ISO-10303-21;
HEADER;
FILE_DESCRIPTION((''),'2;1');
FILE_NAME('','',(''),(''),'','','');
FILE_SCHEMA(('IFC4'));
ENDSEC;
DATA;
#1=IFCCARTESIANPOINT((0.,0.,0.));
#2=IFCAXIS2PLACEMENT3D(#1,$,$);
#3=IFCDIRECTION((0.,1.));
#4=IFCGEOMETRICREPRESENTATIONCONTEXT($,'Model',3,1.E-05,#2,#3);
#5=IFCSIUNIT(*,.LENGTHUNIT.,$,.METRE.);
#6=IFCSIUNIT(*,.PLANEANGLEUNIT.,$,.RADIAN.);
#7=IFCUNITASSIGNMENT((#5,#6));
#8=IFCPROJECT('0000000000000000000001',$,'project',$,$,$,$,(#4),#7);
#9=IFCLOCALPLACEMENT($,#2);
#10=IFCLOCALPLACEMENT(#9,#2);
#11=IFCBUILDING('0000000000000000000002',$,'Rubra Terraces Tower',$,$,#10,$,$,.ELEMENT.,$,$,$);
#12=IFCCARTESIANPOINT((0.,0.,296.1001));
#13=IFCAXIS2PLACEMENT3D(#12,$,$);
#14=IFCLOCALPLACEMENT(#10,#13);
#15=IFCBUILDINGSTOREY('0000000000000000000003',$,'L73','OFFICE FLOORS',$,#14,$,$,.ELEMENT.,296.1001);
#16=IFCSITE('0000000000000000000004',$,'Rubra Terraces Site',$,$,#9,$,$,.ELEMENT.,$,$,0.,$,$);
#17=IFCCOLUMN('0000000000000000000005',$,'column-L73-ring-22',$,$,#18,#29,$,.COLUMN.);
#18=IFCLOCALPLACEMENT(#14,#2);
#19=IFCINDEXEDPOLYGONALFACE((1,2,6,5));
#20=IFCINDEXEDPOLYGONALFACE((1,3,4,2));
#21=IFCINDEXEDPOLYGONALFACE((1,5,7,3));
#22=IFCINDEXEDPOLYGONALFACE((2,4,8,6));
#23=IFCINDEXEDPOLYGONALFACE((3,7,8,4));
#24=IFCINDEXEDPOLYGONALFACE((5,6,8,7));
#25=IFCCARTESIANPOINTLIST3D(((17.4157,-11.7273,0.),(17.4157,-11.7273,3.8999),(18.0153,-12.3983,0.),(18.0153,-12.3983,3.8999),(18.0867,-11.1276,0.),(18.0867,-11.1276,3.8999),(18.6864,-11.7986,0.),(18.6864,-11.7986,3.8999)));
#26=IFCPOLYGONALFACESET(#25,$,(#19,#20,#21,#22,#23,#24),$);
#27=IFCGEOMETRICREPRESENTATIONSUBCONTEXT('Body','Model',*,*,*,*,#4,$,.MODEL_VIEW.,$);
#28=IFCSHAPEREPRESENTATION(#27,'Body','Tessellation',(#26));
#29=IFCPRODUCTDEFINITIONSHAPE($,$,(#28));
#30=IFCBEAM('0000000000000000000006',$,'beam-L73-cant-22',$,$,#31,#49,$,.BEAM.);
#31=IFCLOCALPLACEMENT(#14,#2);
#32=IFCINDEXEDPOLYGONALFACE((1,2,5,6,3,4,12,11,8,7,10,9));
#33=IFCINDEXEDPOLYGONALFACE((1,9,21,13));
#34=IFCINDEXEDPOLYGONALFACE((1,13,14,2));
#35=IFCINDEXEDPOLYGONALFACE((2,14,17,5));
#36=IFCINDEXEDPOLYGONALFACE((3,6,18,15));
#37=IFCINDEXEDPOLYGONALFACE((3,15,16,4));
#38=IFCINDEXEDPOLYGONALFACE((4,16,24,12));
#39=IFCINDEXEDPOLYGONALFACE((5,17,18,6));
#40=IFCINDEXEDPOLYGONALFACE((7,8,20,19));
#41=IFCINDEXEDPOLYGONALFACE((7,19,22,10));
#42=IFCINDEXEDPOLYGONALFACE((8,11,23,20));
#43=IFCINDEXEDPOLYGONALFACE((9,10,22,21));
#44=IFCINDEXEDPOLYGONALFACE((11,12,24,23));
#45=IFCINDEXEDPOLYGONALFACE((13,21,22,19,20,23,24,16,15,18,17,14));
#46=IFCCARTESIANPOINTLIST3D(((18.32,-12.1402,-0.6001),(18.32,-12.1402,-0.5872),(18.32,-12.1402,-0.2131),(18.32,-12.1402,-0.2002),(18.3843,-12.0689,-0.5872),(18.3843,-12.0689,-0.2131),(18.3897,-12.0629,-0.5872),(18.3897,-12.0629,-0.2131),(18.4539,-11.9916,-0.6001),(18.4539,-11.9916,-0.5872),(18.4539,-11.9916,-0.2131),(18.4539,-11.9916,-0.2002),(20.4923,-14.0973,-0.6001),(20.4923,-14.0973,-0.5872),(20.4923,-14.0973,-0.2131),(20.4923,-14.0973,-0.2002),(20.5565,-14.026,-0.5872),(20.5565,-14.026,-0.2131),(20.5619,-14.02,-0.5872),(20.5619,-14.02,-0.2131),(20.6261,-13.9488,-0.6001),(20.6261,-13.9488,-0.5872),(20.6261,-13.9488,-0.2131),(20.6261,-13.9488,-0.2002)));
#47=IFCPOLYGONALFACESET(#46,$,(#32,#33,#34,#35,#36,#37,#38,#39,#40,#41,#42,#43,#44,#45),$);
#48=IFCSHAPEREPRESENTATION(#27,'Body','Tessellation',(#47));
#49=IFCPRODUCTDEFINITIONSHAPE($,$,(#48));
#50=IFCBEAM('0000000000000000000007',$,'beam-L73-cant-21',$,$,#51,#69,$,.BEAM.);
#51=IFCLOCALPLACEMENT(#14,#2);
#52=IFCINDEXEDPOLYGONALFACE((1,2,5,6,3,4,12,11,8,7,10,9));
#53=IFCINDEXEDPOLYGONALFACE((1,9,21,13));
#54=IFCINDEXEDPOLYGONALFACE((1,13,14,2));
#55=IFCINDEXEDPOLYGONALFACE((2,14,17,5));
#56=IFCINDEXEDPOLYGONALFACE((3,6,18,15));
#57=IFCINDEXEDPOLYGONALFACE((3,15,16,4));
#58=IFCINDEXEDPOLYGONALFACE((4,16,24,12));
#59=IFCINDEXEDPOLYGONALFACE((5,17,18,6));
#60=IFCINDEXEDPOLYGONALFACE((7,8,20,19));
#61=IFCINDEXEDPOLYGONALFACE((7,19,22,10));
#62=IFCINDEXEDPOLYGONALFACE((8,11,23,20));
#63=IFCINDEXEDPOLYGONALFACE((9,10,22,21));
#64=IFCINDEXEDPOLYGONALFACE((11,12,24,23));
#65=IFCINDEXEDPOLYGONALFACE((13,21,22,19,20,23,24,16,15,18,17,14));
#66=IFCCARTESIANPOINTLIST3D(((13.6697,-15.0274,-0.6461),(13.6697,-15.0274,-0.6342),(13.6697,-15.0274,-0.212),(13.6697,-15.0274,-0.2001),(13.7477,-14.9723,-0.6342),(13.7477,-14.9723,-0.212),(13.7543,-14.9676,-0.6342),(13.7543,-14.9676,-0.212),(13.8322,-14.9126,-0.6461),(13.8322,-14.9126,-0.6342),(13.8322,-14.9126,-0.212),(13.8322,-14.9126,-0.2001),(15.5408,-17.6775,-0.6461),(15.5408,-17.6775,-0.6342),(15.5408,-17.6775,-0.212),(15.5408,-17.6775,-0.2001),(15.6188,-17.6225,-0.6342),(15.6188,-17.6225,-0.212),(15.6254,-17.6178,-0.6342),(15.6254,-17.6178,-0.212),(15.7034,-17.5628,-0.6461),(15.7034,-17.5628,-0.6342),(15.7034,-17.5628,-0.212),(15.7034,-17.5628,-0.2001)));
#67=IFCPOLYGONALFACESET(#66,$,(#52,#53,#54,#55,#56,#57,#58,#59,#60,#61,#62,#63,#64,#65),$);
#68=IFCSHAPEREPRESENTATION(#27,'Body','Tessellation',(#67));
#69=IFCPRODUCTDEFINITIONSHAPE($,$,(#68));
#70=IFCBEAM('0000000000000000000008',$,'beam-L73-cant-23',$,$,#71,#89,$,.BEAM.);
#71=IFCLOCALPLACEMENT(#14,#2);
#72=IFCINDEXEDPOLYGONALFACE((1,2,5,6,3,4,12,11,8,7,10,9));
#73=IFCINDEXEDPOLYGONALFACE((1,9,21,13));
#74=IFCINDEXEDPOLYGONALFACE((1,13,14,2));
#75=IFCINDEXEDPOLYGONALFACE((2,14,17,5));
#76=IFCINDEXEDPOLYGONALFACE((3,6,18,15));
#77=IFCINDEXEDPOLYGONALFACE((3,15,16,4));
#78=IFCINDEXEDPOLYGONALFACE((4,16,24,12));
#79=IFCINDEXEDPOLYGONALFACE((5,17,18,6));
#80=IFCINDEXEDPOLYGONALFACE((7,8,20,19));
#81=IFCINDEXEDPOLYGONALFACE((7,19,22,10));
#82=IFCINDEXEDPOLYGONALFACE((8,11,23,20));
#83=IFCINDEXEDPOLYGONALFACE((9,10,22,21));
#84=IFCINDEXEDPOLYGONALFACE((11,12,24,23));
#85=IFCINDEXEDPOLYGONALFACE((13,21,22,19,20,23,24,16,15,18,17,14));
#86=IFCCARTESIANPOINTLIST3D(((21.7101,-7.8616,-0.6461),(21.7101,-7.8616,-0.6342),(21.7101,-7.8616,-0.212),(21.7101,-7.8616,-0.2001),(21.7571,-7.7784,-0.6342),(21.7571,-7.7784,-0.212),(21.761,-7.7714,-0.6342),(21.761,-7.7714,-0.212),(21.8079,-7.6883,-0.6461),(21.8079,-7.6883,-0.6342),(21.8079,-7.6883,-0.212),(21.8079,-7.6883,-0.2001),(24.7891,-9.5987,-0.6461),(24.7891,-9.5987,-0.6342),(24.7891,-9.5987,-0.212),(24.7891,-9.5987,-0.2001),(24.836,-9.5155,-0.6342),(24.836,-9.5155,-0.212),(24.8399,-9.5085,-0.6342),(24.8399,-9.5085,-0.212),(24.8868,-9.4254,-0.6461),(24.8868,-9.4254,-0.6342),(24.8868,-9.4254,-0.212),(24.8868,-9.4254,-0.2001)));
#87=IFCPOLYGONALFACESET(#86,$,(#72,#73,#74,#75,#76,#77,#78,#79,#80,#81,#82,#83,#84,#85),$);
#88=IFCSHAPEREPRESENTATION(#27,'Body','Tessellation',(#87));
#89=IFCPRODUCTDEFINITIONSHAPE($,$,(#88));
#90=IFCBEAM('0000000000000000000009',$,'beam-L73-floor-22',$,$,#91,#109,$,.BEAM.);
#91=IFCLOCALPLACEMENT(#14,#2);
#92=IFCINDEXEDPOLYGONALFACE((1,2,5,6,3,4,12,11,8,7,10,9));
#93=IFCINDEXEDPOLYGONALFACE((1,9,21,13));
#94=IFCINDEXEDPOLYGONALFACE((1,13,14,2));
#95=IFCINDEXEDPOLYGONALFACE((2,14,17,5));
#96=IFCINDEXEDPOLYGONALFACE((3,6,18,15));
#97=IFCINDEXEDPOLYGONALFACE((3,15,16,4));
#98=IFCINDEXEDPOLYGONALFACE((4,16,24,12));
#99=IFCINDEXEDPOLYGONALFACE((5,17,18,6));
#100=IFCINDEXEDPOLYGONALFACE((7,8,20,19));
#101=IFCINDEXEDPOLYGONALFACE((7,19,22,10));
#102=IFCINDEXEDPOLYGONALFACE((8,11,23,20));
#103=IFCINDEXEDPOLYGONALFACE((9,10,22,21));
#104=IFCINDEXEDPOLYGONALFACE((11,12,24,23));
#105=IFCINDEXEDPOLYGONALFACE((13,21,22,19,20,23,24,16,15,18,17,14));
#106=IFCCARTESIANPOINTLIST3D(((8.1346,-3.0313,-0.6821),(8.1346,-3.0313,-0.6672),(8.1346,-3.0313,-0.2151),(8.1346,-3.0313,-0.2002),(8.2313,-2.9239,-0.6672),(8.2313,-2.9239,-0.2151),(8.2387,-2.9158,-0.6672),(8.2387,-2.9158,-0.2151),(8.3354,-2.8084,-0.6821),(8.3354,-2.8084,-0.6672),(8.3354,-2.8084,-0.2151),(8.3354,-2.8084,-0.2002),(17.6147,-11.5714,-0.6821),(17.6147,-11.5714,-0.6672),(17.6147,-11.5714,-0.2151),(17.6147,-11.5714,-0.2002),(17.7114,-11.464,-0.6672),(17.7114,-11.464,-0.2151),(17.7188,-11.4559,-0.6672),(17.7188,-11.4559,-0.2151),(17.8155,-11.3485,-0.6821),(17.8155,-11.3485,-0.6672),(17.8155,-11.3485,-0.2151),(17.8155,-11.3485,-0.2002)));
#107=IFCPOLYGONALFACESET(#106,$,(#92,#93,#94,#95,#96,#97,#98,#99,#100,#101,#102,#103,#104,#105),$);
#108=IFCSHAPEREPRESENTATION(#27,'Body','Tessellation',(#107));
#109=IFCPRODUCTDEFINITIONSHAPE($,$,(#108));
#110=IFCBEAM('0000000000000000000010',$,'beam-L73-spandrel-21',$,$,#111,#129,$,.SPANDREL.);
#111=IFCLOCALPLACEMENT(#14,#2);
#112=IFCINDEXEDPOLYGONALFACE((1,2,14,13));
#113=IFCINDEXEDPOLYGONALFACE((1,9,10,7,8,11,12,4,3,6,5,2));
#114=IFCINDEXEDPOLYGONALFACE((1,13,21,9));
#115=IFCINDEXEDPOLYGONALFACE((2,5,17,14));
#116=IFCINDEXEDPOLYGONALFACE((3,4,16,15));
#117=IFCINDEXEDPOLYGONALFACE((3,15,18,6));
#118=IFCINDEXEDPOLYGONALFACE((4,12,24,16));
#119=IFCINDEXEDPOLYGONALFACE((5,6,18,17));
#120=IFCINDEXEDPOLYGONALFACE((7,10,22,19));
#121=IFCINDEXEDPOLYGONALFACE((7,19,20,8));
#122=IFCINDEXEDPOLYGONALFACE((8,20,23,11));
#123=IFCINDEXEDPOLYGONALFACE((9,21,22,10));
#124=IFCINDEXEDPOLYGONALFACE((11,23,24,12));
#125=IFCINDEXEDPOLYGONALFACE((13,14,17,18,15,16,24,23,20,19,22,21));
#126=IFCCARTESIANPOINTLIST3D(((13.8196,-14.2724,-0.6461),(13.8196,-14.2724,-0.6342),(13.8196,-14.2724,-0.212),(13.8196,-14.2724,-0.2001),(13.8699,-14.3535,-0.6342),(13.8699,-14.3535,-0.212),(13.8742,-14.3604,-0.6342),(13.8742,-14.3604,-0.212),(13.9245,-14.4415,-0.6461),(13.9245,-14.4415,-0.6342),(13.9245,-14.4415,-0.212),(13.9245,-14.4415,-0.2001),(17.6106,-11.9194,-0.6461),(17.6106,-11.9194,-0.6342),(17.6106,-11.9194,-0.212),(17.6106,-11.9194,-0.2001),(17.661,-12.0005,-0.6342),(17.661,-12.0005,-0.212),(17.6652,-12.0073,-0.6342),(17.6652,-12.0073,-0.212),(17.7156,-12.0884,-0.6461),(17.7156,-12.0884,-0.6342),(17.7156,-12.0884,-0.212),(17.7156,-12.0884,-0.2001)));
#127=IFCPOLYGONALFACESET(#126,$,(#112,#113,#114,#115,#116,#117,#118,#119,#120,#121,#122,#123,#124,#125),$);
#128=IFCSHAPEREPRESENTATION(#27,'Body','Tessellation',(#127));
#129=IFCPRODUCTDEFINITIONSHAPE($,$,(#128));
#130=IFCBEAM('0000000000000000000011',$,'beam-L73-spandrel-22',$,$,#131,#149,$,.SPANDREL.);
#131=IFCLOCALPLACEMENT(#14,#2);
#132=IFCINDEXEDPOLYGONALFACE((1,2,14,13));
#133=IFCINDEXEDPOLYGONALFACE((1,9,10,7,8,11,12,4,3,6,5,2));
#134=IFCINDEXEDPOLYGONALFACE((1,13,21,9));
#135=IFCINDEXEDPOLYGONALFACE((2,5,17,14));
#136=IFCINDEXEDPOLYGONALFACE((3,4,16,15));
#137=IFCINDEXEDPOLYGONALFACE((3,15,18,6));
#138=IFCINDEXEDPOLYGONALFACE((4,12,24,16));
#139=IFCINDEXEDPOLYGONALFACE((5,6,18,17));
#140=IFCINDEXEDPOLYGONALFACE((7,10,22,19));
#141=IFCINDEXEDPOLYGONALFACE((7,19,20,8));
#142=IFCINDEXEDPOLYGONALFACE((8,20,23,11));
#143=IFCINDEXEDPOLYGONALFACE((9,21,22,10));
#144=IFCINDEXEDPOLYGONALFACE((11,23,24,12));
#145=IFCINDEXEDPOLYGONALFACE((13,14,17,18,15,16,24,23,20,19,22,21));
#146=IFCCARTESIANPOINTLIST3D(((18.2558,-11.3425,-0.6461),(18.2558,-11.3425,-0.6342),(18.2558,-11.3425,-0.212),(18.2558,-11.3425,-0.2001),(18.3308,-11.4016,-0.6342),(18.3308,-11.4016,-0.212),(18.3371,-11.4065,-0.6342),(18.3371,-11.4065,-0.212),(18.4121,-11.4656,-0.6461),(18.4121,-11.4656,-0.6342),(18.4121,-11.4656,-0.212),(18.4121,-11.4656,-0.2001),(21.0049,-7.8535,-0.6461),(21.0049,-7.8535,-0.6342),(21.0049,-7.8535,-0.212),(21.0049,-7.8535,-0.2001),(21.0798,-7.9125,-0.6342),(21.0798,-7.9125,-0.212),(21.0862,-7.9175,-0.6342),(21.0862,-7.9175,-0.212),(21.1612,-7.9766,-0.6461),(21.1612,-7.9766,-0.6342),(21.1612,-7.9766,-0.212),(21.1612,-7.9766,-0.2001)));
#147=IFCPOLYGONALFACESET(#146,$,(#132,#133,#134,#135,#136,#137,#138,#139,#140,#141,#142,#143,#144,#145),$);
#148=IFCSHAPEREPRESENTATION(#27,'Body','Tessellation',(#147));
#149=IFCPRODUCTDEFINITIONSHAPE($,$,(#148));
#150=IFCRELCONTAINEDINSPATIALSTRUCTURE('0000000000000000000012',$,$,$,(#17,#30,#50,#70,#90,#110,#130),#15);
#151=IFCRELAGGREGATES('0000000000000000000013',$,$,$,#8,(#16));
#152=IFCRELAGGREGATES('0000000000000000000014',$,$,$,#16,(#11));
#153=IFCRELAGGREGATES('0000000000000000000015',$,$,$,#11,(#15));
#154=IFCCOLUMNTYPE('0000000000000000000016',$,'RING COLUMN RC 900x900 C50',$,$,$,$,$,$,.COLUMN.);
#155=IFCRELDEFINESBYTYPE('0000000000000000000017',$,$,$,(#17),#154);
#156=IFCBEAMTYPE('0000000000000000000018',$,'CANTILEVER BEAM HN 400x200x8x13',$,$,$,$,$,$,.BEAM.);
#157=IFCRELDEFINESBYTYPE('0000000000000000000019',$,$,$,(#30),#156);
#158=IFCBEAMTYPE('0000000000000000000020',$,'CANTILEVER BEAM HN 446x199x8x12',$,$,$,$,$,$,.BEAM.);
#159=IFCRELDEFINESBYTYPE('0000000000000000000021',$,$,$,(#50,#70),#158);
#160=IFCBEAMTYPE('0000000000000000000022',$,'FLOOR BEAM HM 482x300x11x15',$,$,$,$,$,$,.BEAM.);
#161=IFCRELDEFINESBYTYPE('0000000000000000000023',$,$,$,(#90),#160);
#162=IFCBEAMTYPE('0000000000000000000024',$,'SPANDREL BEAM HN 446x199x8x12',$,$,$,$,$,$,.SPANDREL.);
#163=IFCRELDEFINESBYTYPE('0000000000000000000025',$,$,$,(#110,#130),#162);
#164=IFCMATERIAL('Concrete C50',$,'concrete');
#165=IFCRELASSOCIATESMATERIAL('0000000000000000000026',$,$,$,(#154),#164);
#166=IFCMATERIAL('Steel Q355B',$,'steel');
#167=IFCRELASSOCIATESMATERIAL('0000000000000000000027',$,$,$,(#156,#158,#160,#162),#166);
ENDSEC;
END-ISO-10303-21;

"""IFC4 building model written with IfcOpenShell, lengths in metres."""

from ifc_helpers import new_model, si_unit, direction, frame, origin, origin_2d, place, context, subcontext, project, spatial, rectangle, i_section, extrude, material, material_profile, profile_set, type_object, element, save


model = new_model("IFC4")

# Units and contexts
model_context = context("Model", 3, precision=1e-05, world=origin(), true_north=direction((0.0, 1.0)))
body_context = subcontext(model_context, "Body", "Model", "MODEL_VIEW")
ifc_project = project(units=[si_unit("LENGTHUNIT", "METRE"), si_unit("PLANEANGLEUNIT", "RADIAN")], contexts=[model_context])

# Site, building, storey
site_placement = place(None, origin())
site = spatial("IfcSite", under=ifc_project, at=site_placement, Name="Rubra Terraces Site", CompositionType="ELEMENT", RefElevation=0.0)
building_placement = place(site_placement, origin())
building = spatial("IfcBuilding", under=site, at=building_placement, Name="Rubra Terraces Tower", CompositionType="ELEMENT")
storey_placement = place(building_placement, frame((0.0, 0.0, 296.1001)))
storey = spatial("IfcBuildingStorey", under=building, at=storey_placement, Name="L73", Description="OFFICE FLOORS", CompositionType="ELEMENT", Elevation=296.1001)

# Column
ifc_material_1 = material(Name="Concrete C50", Category="concrete")
ifc_material_profile_1 = material_profile(ifc_material_1, rectangle(XDim=0.8999, YDim=0.8999, at=origin_2d()), Name="RC 900x900")
ifc_profile_set_1 = profile_set([ifc_material_profile_1], Name="Concrete C50")
column_type = type_object("IfcColumnType", Name="RING COLUMN RC 900x900 C50", PredefinedType="COLUMN", material=ifc_profile_set_1)
column_placement = place(storey_placement, frame((18.051, -11.7629, 0.0), z_axis=(0.0, 0.0, 1.0), x_axis=(0.745642, 0.666347, 0.0)))
element("IfcColumn", 1, at=column_placement, inside=storey, type_object=column_type, Name="column-L73-ring-22", PredefinedType="COLUMN", context=body_context, shape_type="SweptSolid", body=[
    extrude(rectangle(XDim=0.8999, YDim=0.8999, at=origin_2d()), origin(), (0.0, 0.0, 1.0), 3.8999),
])

# Beams
ifc_material_2 = material(Name="Steel Q355B", Category="steel")
ifc_material_profile_2 = material_profile(ifc_material_2, i_section(OverallWidth=0.2, OverallDepth=0.3999, WebThickness=0.0081, FlangeThickness=0.0129, at=origin_2d()), Name="HN 400x200x8x13")
ifc_profile_set_2 = profile_set([ifc_material_profile_2], Name="Steel Q355B")
beam_type_1 = type_object("IfcBeamType", Name="CANTILEVER BEAM HN 400x200x8x13", PredefinedType="BEAM", material=ifc_profile_set_2)
beam_1_placement = place(storey_placement, frame((18.387, -12.0659, -0.4001), z_axis=(0.742933, -0.669366, 0.0), x_axis=(0.669366, 0.742933, 0.0)))
element("IfcBeam", 2, at=beam_1_placement, inside=storey, type_object=beam_type_1, Name="beam-L73-cant-22", PredefinedType="BEAM", context=body_context, shape_type="SweptSolid", body=[
    extrude(i_section(OverallWidth=0.2, OverallDepth=0.3999, WebThickness=0.0081, FlangeThickness=0.0129, at=origin_2d()), origin(), (0.0, 0.0, 1.0), 2.9238),
])
ifc_material_profile_3 = material_profile(ifc_material_2, i_section(OverallWidth=0.199, OverallDepth=0.446, WebThickness=0.0081, FlangeThickness=0.012, at=origin_2d()), Name="HN 446x199x8x12")
ifc_profile_set_3 = profile_set([ifc_material_profile_3], Name="Steel Q355B")
beam_type_2 = type_object("IfcBeamType", Name="CANTILEVER BEAM HN 446x199x8x12", PredefinedType="BEAM", material=ifc_profile_set_3)
beam_2_placement = place(storey_placement, frame((13.751, -14.97, -0.4231), z_axis=(0.576766, -0.816909, 0.0), x_axis=(0.816909, 0.576766, 0.0)))
element("IfcBeam", 3, at=beam_2_placement, inside=storey, type_object=beam_type_2, Name="beam-L73-cant-21", PredefinedType="BEAM", context=body_context, shape_type="SweptSolid", body=[
    extrude(i_section(OverallWidth=0.199, OverallDepth=0.446, WebThickness=0.0081, FlangeThickness=0.012, at=origin_2d()), origin(), (0.0, 0.0, 1.0), 3.2441),
])
beam_3_placement = place(storey_placement, frame((21.759, -7.7749, -0.4231), z_axis=(0.870946, -0.491379, 0.0), x_axis=(0.491379, 0.870946, 0.0)))
element("IfcBeam", 4, at=beam_3_placement, inside=storey, type_object=beam_type_2, Name="beam-L73-cant-23", PredefinedType="BEAM", context=body_context, shape_type="SweptSolid", body=[
    extrude(i_section(OverallWidth=0.199, OverallDepth=0.446, WebThickness=0.0081, FlangeThickness=0.012, at=origin_2d()), origin(), (0.0, 0.0, 1.0), 3.5352),
])
ifc_material_profile_4 = material_profile(ifc_material_2, i_section(OverallWidth=0.3, OverallDepth=0.4819, WebThickness=0.011, FlangeThickness=0.0149, at=origin_2d()), Name="HM 482x300x11x15")
ifc_profile_set_4 = profile_set([ifc_material_profile_4], Name="Steel Q355B")
beam_type_3 = type_object("IfcBeamType", Name="FLOOR BEAM HM 482x300x11x15", PredefinedType="BEAM", material=ifc_profile_set_4)
beam_4_placement = place(storey_placement, frame((17.7151, -11.46, -0.4412), z_axis=(-0.74298, 0.669314, 0.0), x_axis=(-0.669314, -0.74298, 0.0)))
element("IfcBeam", 5, at=beam_4_placement, inside=storey, type_object=beam_type_3, Name="beam-L73-floor-22", PredefinedType="BEAM", context=body_context, shape_type="SweptSolid", body=[
    extrude(i_section(OverallWidth=0.3, OverallDepth=0.4819, WebThickness=0.011, FlangeThickness=0.0149, at=origin_2d()), origin(), (0.0, 0.0, 1.0), 12.7595),
])
ifc_material_profile_5 = material_profile(ifc_material_2, i_section(OverallWidth=0.199, OverallDepth=0.446, WebThickness=0.0081, FlangeThickness=0.012, at=origin_2d()), Name="HN 446x199x8x12")
ifc_profile_set_5 = profile_set([ifc_material_profile_5], Name="Steel Q355B")
beam_type_4 = type_object("IfcBeamType", Name="SPANDREL BEAM HN 446x199x8x12", PredefinedType="SPANDREL", material=ifc_profile_set_5)
beam_5_placement = place(storey_placement, frame((13.8721, -14.3569, -0.4231), z_axis=(0.849642, 0.52736, 0.0), x_axis=(-0.52736, 0.849642, 0.0)))
element("IfcBeam", 6, at=beam_5_placement, inside=storey, type_object=beam_type_4, Name="beam-L73-spandrel-21", PredefinedType="SPANDREL", context=body_context, shape_type="SweptSolid", body=[
    extrude(i_section(OverallWidth=0.199, OverallDepth=0.446, WebThickness=0.0081, FlangeThickness=0.012, at=origin_2d()), origin(), (0.0, 0.0, 1.0), 4.4619),
])
beam_6_placement = place(storey_placement, frame((18.334, -11.4041, -0.4231), z_axis=(0.618887, 0.78548, 0.0), x_axis=(-0.78548, 0.618887, 0.0)))
element("IfcBeam", 7, at=beam_6_placement, inside=storey, type_object=beam_type_4, Name="beam-L73-spandrel-22", PredefinedType="SPANDREL", context=body_context, shape_type="SweptSolid", body=[
    extrude(i_section(OverallWidth=0.199, OverallDepth=0.446, WebThickness=0.0081, FlangeThickness=0.012, at=origin_2d()), origin(), (0.0, 0.0, 1.0), 4.4419),
])

save(model, "model.ifc")
